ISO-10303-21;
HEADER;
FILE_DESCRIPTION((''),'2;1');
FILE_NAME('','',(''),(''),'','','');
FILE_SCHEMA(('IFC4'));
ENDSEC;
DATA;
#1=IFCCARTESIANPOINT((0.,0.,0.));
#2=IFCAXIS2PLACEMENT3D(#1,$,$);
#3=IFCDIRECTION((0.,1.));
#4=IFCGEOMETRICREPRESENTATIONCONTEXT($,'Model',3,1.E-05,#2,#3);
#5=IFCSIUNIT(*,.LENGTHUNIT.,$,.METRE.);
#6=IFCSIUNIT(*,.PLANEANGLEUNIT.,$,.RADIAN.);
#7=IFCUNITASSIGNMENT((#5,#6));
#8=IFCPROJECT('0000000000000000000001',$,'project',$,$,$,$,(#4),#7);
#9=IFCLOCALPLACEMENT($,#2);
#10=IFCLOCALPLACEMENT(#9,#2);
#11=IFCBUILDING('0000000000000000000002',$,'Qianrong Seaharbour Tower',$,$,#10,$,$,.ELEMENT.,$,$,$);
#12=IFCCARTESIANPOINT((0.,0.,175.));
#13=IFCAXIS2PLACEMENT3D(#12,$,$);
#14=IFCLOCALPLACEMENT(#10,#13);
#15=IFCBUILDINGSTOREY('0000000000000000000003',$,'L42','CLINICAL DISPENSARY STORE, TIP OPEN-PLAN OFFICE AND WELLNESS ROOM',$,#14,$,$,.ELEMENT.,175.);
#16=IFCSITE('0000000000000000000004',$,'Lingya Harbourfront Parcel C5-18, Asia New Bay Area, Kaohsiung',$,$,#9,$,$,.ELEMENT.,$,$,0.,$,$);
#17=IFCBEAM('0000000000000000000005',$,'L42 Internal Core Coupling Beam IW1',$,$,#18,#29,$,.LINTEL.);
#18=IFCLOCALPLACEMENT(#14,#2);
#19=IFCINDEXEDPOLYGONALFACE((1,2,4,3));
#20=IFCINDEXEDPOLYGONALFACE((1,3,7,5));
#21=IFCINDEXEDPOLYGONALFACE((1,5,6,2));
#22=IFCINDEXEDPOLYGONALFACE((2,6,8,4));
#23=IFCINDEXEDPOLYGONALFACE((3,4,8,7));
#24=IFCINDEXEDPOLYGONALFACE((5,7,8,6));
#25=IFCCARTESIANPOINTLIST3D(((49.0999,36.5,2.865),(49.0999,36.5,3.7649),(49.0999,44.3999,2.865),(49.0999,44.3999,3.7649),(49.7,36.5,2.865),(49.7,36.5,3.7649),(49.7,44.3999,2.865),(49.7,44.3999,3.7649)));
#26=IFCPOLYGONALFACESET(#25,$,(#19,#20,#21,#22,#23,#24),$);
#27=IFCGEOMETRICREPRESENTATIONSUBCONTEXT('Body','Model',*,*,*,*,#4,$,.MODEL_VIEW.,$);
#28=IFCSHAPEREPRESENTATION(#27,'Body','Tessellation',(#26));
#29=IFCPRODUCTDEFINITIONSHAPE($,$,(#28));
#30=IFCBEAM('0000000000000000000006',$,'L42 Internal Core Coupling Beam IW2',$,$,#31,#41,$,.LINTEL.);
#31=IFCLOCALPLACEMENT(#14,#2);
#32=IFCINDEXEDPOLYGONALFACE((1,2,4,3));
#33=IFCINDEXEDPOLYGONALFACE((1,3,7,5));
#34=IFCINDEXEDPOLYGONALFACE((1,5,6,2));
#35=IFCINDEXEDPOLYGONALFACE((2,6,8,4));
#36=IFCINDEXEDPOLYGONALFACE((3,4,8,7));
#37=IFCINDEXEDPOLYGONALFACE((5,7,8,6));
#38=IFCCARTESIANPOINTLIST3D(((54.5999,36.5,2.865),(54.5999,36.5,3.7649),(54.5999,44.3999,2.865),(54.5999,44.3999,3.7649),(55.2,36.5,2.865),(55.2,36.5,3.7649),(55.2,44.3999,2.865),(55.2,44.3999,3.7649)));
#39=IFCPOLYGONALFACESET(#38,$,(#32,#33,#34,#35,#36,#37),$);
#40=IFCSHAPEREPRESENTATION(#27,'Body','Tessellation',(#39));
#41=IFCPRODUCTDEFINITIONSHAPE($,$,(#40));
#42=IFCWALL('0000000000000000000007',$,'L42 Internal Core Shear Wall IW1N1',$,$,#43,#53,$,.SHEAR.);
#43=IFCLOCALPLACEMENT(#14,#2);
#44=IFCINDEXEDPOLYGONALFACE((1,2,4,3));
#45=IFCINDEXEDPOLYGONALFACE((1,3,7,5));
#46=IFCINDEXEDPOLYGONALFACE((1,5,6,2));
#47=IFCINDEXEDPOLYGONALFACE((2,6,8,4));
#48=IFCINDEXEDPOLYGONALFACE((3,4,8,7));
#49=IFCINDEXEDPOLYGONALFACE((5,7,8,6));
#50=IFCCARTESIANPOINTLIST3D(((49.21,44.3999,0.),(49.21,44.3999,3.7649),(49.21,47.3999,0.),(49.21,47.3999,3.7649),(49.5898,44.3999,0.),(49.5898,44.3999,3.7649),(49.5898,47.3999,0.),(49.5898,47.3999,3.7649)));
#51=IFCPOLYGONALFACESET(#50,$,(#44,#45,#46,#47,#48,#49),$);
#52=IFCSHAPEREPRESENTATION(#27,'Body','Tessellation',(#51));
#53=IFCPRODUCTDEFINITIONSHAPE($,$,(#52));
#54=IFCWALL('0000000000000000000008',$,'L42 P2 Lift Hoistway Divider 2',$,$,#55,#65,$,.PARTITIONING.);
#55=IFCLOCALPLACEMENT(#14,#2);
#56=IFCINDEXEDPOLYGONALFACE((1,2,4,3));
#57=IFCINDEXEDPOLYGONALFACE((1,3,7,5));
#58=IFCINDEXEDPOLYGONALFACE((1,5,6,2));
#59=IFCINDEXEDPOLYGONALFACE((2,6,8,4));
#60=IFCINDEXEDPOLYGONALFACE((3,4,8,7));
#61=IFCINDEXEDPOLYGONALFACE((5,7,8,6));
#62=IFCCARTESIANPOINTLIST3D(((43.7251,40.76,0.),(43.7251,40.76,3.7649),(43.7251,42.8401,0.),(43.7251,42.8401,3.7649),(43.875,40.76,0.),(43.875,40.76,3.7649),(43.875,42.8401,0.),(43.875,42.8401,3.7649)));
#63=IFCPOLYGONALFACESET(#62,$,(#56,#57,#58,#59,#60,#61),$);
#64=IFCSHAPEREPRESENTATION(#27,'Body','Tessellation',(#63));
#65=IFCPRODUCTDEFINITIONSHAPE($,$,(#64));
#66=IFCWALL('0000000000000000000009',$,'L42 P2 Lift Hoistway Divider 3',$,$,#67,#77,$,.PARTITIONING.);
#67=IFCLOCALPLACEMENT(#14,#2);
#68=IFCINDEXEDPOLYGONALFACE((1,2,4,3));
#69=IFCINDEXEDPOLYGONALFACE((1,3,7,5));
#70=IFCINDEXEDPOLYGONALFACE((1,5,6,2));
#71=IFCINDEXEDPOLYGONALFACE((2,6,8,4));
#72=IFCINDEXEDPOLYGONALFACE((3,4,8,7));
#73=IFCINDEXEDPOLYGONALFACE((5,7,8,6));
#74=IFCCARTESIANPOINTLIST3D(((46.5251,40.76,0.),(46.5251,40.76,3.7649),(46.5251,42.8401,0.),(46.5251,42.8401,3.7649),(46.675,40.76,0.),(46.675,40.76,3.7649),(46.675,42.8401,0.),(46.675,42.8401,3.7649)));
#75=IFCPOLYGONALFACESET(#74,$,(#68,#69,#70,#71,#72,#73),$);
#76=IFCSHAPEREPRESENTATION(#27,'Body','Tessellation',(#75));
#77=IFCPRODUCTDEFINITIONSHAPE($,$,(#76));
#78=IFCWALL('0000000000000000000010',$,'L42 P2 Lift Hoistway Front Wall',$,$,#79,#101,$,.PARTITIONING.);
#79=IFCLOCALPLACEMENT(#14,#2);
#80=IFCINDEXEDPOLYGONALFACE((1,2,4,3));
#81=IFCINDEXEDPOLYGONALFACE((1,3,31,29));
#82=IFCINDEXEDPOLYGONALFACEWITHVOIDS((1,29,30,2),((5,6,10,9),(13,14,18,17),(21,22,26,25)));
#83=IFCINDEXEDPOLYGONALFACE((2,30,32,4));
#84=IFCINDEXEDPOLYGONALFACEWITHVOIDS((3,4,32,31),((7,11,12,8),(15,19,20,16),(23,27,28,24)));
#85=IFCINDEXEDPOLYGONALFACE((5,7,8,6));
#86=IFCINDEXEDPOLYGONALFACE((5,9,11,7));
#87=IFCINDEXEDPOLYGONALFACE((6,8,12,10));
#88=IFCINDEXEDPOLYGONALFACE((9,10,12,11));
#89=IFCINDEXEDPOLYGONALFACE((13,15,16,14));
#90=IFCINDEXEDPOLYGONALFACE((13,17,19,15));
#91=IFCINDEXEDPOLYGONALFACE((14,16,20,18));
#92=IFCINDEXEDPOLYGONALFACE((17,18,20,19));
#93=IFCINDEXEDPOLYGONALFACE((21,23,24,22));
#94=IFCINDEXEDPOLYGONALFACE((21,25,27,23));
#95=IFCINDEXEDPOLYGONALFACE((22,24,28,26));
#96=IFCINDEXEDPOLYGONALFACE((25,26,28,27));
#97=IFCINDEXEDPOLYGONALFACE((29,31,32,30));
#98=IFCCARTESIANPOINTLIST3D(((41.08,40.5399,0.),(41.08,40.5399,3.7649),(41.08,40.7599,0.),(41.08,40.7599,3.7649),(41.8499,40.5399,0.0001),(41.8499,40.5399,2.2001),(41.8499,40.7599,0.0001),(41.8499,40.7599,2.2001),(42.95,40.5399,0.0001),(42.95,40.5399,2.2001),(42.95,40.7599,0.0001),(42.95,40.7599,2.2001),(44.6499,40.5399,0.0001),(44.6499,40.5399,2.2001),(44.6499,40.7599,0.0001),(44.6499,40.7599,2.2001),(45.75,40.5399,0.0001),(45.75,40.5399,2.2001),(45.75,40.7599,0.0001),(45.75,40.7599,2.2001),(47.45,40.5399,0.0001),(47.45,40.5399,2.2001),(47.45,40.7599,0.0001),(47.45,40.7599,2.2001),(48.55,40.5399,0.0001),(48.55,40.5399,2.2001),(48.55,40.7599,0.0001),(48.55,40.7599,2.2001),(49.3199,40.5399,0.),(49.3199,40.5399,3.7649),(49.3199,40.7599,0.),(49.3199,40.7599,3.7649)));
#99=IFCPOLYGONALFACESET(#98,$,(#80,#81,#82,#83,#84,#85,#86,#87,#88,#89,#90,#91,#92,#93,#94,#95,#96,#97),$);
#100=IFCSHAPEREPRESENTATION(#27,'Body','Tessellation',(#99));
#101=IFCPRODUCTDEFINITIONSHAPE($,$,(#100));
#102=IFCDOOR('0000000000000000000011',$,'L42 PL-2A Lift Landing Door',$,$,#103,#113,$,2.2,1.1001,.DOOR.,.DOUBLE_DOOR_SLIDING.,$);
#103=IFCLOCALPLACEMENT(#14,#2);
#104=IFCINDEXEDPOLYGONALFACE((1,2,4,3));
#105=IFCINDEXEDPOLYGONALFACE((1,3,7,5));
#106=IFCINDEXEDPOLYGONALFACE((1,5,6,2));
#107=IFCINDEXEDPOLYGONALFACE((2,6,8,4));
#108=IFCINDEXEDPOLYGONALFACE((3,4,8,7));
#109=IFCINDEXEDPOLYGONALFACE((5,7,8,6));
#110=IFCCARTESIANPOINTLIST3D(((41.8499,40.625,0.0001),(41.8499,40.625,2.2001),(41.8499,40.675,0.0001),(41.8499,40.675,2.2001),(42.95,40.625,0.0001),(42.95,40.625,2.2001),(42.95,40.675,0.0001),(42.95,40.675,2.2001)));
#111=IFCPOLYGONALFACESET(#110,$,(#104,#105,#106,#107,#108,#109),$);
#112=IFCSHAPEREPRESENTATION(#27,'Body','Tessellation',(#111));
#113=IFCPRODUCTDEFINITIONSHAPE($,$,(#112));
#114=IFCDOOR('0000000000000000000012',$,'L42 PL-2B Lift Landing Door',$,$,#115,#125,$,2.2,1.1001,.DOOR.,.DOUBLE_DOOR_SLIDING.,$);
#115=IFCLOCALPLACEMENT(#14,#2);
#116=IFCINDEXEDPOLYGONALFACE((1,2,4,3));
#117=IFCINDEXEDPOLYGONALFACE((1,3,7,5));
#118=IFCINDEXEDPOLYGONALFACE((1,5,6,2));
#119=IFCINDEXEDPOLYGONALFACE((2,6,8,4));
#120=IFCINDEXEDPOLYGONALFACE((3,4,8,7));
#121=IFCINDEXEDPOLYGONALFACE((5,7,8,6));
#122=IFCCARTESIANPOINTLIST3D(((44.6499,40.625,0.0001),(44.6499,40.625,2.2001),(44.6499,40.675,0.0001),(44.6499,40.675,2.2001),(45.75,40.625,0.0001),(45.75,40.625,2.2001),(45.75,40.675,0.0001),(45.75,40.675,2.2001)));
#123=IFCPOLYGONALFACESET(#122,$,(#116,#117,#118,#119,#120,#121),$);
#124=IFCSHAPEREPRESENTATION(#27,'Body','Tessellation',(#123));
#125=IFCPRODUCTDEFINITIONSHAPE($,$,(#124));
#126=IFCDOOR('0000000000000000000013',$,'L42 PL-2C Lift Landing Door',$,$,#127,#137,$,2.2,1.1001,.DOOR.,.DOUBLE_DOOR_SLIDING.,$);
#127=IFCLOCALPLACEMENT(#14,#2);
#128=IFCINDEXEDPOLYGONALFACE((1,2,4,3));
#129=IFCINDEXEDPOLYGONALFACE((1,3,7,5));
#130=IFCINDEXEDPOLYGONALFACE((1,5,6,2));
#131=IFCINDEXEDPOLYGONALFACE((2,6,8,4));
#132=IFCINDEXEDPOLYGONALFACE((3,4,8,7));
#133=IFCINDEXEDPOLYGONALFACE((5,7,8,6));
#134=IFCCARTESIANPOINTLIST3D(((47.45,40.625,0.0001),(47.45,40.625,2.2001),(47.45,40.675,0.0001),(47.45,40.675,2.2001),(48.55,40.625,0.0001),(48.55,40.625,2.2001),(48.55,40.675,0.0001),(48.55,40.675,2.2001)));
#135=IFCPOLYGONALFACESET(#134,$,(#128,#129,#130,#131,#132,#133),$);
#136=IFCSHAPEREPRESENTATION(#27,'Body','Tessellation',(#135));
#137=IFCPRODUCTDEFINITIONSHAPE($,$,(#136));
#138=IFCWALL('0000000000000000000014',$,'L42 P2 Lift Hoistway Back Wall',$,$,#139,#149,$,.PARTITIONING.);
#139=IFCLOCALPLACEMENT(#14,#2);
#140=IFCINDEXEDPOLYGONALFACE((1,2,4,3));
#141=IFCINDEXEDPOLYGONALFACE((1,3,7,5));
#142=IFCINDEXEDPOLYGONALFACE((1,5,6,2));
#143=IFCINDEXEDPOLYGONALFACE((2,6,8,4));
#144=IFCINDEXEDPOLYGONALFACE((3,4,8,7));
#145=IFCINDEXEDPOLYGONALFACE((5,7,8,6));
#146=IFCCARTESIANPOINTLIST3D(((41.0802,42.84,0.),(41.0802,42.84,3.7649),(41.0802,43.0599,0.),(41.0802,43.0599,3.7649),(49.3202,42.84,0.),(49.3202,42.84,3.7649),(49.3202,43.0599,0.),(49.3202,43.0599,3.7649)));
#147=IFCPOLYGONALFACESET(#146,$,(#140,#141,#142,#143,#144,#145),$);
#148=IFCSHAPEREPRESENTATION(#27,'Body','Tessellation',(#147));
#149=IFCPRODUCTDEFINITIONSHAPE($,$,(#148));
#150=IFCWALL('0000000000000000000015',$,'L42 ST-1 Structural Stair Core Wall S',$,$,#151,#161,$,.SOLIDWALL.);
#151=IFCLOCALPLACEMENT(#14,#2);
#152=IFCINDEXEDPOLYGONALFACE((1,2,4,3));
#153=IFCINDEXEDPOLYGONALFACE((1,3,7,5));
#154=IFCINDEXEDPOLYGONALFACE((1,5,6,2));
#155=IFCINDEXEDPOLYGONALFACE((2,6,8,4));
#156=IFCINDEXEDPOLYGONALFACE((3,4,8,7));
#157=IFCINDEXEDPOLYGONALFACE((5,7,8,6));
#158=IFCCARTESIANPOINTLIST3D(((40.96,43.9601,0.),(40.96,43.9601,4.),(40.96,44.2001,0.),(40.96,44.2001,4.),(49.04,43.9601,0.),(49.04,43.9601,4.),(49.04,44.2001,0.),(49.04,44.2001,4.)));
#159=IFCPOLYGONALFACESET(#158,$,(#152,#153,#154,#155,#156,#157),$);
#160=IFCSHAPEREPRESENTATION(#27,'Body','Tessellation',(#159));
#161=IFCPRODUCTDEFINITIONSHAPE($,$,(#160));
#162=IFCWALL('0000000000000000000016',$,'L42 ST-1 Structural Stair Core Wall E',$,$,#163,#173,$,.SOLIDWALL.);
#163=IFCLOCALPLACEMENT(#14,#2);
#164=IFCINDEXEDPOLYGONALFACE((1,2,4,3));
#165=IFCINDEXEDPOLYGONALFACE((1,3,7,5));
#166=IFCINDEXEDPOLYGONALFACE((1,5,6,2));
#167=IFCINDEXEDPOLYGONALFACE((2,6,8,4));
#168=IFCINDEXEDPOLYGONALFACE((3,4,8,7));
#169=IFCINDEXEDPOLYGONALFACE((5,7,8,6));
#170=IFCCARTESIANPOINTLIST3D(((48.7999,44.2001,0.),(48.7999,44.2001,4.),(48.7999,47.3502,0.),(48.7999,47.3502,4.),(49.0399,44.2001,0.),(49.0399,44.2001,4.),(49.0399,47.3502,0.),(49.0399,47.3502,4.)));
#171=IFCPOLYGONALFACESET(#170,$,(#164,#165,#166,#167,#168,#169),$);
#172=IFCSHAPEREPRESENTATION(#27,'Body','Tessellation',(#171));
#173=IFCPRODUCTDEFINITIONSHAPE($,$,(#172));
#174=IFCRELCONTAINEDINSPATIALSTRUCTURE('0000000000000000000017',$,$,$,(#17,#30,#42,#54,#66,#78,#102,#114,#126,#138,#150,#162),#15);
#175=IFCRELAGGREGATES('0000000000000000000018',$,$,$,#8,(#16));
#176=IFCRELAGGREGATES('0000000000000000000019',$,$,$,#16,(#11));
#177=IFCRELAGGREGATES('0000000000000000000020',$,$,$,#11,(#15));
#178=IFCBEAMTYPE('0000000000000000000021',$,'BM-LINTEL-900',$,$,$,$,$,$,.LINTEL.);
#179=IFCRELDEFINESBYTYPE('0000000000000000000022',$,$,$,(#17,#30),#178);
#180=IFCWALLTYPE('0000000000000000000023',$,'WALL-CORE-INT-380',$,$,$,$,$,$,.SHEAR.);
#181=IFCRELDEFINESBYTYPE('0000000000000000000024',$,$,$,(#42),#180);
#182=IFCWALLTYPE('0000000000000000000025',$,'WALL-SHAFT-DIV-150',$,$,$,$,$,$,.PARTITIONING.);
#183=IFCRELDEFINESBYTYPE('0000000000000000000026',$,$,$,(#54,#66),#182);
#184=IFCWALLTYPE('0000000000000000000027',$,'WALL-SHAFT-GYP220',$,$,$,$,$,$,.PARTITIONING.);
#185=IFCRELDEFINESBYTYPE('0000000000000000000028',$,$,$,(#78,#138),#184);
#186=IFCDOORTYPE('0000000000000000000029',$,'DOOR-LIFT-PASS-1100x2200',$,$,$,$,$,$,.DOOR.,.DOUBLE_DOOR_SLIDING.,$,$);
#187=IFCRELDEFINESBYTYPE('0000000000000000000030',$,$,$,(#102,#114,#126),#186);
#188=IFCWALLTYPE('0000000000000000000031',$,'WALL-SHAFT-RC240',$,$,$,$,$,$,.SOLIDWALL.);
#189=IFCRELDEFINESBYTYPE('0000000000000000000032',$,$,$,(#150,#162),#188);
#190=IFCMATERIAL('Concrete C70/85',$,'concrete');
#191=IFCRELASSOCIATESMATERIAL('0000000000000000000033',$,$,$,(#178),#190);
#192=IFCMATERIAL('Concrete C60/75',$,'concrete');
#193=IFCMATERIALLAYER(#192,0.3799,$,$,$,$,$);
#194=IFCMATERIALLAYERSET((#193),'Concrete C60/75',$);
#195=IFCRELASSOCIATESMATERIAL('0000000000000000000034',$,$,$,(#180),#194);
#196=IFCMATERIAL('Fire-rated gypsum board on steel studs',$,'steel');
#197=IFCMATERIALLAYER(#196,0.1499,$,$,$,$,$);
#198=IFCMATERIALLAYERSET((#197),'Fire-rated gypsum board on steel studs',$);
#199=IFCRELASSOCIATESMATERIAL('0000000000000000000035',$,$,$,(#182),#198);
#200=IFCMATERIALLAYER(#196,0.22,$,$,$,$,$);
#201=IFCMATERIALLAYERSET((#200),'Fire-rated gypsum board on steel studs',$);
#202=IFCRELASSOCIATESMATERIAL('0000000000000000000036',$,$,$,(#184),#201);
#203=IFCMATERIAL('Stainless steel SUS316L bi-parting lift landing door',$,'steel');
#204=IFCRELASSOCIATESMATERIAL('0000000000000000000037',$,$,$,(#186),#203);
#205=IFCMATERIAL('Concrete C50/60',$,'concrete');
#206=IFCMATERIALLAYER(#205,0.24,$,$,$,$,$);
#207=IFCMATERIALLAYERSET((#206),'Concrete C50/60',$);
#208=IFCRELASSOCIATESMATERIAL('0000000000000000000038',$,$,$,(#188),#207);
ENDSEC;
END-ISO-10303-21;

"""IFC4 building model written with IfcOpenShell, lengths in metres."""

from ifc_helpers import new_model, si_unit, direction, frame, frame_2d, origin, origin_2d, place, context, subcontext, project, spatial, rectangle, extrude, material, layer, layer_set, material_profile, profile_set, type_object, element, fill, save


model = new_model("IFC4")

# Units and contexts
model_context = context("Model", 3, precision=1e-05, world=origin(), true_north=direction((0.0, 1.0)))
body_context = subcontext(model_context, "Body", "Model", "MODEL_VIEW")
ifc_project = project(units=[si_unit("LENGTHUNIT", "METRE"), si_unit("PLANEANGLEUNIT", "RADIAN")], contexts=[model_context])

# Site, building, storey
site_placement = place(None, origin())
site = spatial("IfcSite", under=ifc_project, at=site_placement, Name="Lingya Harbourfront Parcel C5-18, Asia New Bay Area, Kaohsiung", CompositionType="ELEMENT", RefElevation=0.0)
building_placement = place(site_placement, origin())
building = spatial("IfcBuilding", under=site, at=building_placement, Name="Qianrong Seaharbour Tower", CompositionType="ELEMENT")
storey_placement = place(building_placement, frame((0.0, 0.0, 175.0)))
storey = spatial("IfcBuildingStorey", under=building, at=storey_placement, Name="L42", Description="CLINICAL DISPENSARY STORE, TIP OPEN-PLAN OFFICE AND WELLNESS ROOM", CompositionType="ELEMENT", Elevation=175.0)

# Beams
ifc_material_1 = material(Name="Concrete C70/85", Category="concrete")
ifc_material_profile = material_profile(ifc_material_1, rectangle(XDim=0.6001, YDim=0.8999, at=origin_2d()), Name="RC600x900")
ifc_profile_set = profile_set([ifc_material_profile], Name="Concrete C70/85")
beam_type = type_object("IfcBeamType", Name="BM-LINTEL-900", PredefinedType="LINTEL", material=ifc_profile_set)
for number, where, z_axis, x_axis, name in (
    (1, (49.3999, 36.5, 3.3149), (0.0, 1.0, 0.0), (-1.0, 0.0, 0.0), "L42 Internal Core Coupling Beam IW1"),
    (2, (54.8999, 36.5, 3.3149), (0.0, 1.0, 0.0), (-1.0, 0.0, 0.0), "L42 Internal Core Coupling Beam IW2"),
):
    element("IfcBeam", number, at=place(storey_placement, frame(where, z_axis=z_axis, x_axis=x_axis)), inside=storey, type_object=beam_type, Name=name, PredefinedType="LINTEL", context=body_context, shape_type="SweptSolid", body=[
        extrude(rectangle(XDim=0.6001, YDim=0.8999, at=origin_2d()), origin(), (0.0, 0.0, 1.0), 7.8999),
    ])

# Wall
ifc_material_2 = material(Name="Concrete C60/75", Category="concrete")
ifc_layer_1 = layer(ifc_material_2, 0.3799)
ifc_layer_set_1 = layer_set([ifc_layer_1], Name="Concrete C60/75")
wall_type_1 = type_object("IfcWallType", Name="WALL-CORE-INT-380", PredefinedType="SHEAR", material=ifc_layer_set_1)
wall_1_placement = place(storey_placement, frame((49.3999, 44.3999, 0.0), z_axis=(0.0, 0.0, 1.0), x_axis=(0.0, 1.0, 0.0)))
element("IfcWall", 3, at=wall_1_placement, inside=storey, type_object=wall_type_1, Name="L42 Internal Core Shear Wall IW1N1", PredefinedType="SHEAR", context=body_context, shape_type="SweptSolid", body=[
    extrude(rectangle(XDim=3.0, YDim=0.3799, at=frame_2d((1.5, 0.0))), origin(), (0.0, 0.0, 1.0), 3.7649),
])

# Walls
ifc_material_3 = material(Name="Fire-rated gypsum board on steel studs", Category="steel")
ifc_layer_2 = layer(ifc_material_3, 0.1499)
ifc_layer_set_2 = layer_set([ifc_layer_2], Name="Fire-rated gypsum board on steel studs")
wall_type_2 = type_object("IfcWallType", Name="WALL-SHAFT-DIV-150", PredefinedType="PARTITIONING", material=ifc_layer_set_2)
for number, where, z_axis, x_axis, name in (
    (4, (43.8, 40.76, 0.0), (0.0, 0.0, 1.0), (0.0, 1.0, 0.0), "L42 P2 Lift Hoistway Divider 2"),
    (5, (46.6001, 40.76, 0.0), (0.0, 0.0, 1.0), (0.0, 1.0, 0.0), "L42 P2 Lift Hoistway Divider 3"),
):
    element("IfcWall", number, at=place(storey_placement, frame(where, z_axis=z_axis, x_axis=x_axis)), inside=storey, type_object=wall_type_2, Name=name, PredefinedType="PARTITIONING", context=body_context, shape_type="SweptSolid", body=[
        extrude(rectangle(XDim=2.0801, YDim=0.1499, at=frame_2d((1.04, 0.0))), origin(), (0.0, 0.0, 1.0), 3.7649),
    ])

# Wall, openings, doors
ifc_layer_3 = layer(ifc_material_3, 0.22)
ifc_layer_set_3 = layer_set([ifc_layer_3], Name="Fire-rated gypsum board on steel studs")
wall_type_3 = type_object("IfcWallType", Name="WALL-SHAFT-GYP220", PredefinedType="PARTITIONING", material=ifc_layer_set_3)
wall_2_placement = place(storey_placement, frame((49.3201, 40.6499, 0.0), z_axis=(0.0, 0.0, 1.0), x_axis=(-1.0, 0.0, 0.0)))
wall_2 = element("IfcWall", 6, at=wall_2_placement, inside=storey, type_object=wall_type_3, Name="L42 P2 Lift Hoistway Front Wall", PredefinedType="PARTITIONING", context=body_context, shape_type="SweptSolid", body=[
    extrude(rectangle(XDim=8.24, YDim=0.22, at=frame_2d((4.1201, 0.0))), origin(), (0.0, 0.0, 1.0), 3.7649),
])
opening_1_placement = place(wall_2_placement, frame((6.3701, 0.0, 0.0)))
opening_1 = element("IfcOpeningElement", 7, at=opening_1_placement, cuts=wall_2, PredefinedType="OPENING", context=body_context, shape_type="SweptSolid", body=[
    extrude(rectangle(XDim=1.1001, YDim=2.2, at=frame_2d((0.55, 1.1001))), frame((0.0, 0.1201, 0.0), z_axis=(0.0, -1.0, 0.0), x_axis=(1.0, 0.0, 0.0)), (0.0, 0.0, 1.0), 0.24),
])
opening_2_placement = place(wall_2_placement, frame((3.5701, 0.0, 0.0)))
opening_2 = element("IfcOpeningElement", 8, at=opening_2_placement, cuts=wall_2, PredefinedType="OPENING", context=body_context, shape_type="SweptSolid", body=[
    extrude(rectangle(XDim=1.1001, YDim=2.2, at=frame_2d((0.55, 1.1001))), frame((0.0, 0.1201, 0.0), z_axis=(0.0, -1.0, 0.0), x_axis=(1.0, 0.0, 0.0)), (0.0, 0.0, 1.0), 0.24),
])
opening_3_placement = place(wall_2_placement, frame((0.77, 0.0, 0.0)))
opening_3 = element("IfcOpeningElement", 9, at=opening_3_placement, cuts=wall_2, PredefinedType="OPENING", context=body_context, shape_type="SweptSolid", body=[
    extrude(rectangle(XDim=1.1001, YDim=2.2, at=frame_2d((0.55, 1.1001))), frame((0.0, 0.1201, 0.0), z_axis=(0.0, -1.0, 0.0), x_axis=(1.0, 0.0, 0.0)), (0.0, 0.0, 1.0), 0.24),
])
ifc_material_4 = material(Name="Stainless steel SUS316L bi-parting lift landing door", Category="steel")
door_type_1 = type_object("IfcDoorType", Name="DOOR-LIFT-PASS-1100x2200", OperationType="DOUBLE_DOOR_SLIDING", PredefinedType="DOOR", material=ifc_material_4)
door_1_placement = place(opening_1_placement, origin())
door_1 = element("IfcDoor", 10, at=door_1_placement, inside=storey, type_object=door_type_1, Name="L42 PL-2A Lift Landing Door", OperationType="DOUBLE_DOOR_SLIDING", OverallHeight=2.2, OverallWidth=1.1001, PredefinedType="DOOR", context=body_context, shape_type="SweptSolid", body=[
    extrude(rectangle(XDim=1.1001, YDim=2.2, at=frame_2d((0.55, 1.1001))), frame((0.0, 0.0249, 0.0), z_axis=(0.0, -1.0, 0.0), x_axis=(1.0, 0.0, 0.0)), (0.0, 0.0, 1.0), 0.05),
])
fill(opening_1, door_1)
door_2_placement = place(opening_2_placement, origin())
door_2 = element("IfcDoor", 11, at=door_2_placement, inside=storey, type_object=door_type_1, Name="L42 PL-2B Lift Landing Door", OperationType="DOUBLE_DOOR_SLIDING", OverallHeight=2.2, OverallWidth=1.1001, PredefinedType="DOOR", context=body_context, shape_type="SweptSolid", body=[
    extrude(rectangle(XDim=1.1001, YDim=2.2, at=frame_2d((0.55, 1.1001))), frame((0.0, 0.0249, 0.0), z_axis=(0.0, -1.0, 0.0), x_axis=(1.0, 0.0, 0.0)), (0.0, 0.0, 1.0), 0.05),
])
fill(opening_2, door_2)
door_3_placement = place(opening_3_placement, origin())
door_3 = element("IfcDoor", 12, at=door_3_placement, inside=storey, type_object=door_type_1, Name="L42 PL-2C Lift Landing Door", OperationType="DOUBLE_DOOR_SLIDING", OverallHeight=2.2, OverallWidth=1.1001, PredefinedType="DOOR", context=body_context, shape_type="SweptSolid", body=[
    extrude(rectangle(XDim=1.1001, YDim=2.2, at=frame_2d((0.55, 1.1001))), frame((0.0, 0.0249, 0.0), z_axis=(0.0, -1.0, 0.0), x_axis=(1.0, 0.0, 0.0)), (0.0, 0.0, 1.0), 0.05),
])
fill(opening_3, door_3)

# Walls
wall_3_placement = place(storey_placement, frame((41.0801, 42.95, 0.0), z_axis=(0.0, 0.0, 1.0), x_axis=(1.0, 0.0, 0.0)))
element("IfcWall", 13, at=wall_3_placement, inside=storey, type_object=wall_type_3, Name="L42 P2 Lift Hoistway Back Wall", PredefinedType="PARTITIONING", context=body_context, shape_type="SweptSolid", body=[
    extrude(rectangle(XDim=8.24, YDim=0.22, at=frame_2d((4.1201, 0.0))), origin(), (0.0, 0.0, 1.0), 3.7649),
])
ifc_material_5 = material(Name="Concrete C50/60", Category="concrete")
ifc_layer_4 = layer(ifc_material_5, 0.24)
ifc_layer_set_4 = layer_set([ifc_layer_4], Name="Concrete C50/60")
wall_type_4 = type_object("IfcWallType", Name="WALL-SHAFT-RC240", PredefinedType="SOLIDWALL", material=ifc_layer_set_4)
wall_4_placement = place(storey_placement, frame((49.04, 44.0801, 0.0), z_axis=(0.0, 0.0, 1.0), x_axis=(-1.0, 0.0, 0.0)))
element("IfcWall", 14, at=wall_4_placement, inside=storey, type_object=wall_type_4, Name="L42 ST-1 Structural Stair Core Wall S", PredefinedType="SOLIDWALL", context=body_context, shape_type="SweptSolid", body=[
    extrude(rectangle(XDim=8.0801, YDim=0.24, at=frame_2d((4.04, 0.0))), origin(), (0.0, 0.0, 1.0), 4.0),
])
wall_5_placement = place(storey_placement, frame((48.9199, 44.2, 0.0), z_axis=(0.0, 0.0, 1.0), x_axis=(0.0, 1.0, 0.0)))
element("IfcWall", 15, at=wall_5_placement, inside=storey, type_object=wall_type_4, Name="L42 ST-1 Structural Stair Core Wall E", PredefinedType="SOLIDWALL", context=body_context, shape_type="SweptSolid", body=[
    extrude(rectangle(XDim=3.1501, YDim=0.24, at=frame_2d((1.5752, 0.0))), origin(), (0.0, 0.0, 1.0), 4.0),
])

save(model, "model.ifc")
